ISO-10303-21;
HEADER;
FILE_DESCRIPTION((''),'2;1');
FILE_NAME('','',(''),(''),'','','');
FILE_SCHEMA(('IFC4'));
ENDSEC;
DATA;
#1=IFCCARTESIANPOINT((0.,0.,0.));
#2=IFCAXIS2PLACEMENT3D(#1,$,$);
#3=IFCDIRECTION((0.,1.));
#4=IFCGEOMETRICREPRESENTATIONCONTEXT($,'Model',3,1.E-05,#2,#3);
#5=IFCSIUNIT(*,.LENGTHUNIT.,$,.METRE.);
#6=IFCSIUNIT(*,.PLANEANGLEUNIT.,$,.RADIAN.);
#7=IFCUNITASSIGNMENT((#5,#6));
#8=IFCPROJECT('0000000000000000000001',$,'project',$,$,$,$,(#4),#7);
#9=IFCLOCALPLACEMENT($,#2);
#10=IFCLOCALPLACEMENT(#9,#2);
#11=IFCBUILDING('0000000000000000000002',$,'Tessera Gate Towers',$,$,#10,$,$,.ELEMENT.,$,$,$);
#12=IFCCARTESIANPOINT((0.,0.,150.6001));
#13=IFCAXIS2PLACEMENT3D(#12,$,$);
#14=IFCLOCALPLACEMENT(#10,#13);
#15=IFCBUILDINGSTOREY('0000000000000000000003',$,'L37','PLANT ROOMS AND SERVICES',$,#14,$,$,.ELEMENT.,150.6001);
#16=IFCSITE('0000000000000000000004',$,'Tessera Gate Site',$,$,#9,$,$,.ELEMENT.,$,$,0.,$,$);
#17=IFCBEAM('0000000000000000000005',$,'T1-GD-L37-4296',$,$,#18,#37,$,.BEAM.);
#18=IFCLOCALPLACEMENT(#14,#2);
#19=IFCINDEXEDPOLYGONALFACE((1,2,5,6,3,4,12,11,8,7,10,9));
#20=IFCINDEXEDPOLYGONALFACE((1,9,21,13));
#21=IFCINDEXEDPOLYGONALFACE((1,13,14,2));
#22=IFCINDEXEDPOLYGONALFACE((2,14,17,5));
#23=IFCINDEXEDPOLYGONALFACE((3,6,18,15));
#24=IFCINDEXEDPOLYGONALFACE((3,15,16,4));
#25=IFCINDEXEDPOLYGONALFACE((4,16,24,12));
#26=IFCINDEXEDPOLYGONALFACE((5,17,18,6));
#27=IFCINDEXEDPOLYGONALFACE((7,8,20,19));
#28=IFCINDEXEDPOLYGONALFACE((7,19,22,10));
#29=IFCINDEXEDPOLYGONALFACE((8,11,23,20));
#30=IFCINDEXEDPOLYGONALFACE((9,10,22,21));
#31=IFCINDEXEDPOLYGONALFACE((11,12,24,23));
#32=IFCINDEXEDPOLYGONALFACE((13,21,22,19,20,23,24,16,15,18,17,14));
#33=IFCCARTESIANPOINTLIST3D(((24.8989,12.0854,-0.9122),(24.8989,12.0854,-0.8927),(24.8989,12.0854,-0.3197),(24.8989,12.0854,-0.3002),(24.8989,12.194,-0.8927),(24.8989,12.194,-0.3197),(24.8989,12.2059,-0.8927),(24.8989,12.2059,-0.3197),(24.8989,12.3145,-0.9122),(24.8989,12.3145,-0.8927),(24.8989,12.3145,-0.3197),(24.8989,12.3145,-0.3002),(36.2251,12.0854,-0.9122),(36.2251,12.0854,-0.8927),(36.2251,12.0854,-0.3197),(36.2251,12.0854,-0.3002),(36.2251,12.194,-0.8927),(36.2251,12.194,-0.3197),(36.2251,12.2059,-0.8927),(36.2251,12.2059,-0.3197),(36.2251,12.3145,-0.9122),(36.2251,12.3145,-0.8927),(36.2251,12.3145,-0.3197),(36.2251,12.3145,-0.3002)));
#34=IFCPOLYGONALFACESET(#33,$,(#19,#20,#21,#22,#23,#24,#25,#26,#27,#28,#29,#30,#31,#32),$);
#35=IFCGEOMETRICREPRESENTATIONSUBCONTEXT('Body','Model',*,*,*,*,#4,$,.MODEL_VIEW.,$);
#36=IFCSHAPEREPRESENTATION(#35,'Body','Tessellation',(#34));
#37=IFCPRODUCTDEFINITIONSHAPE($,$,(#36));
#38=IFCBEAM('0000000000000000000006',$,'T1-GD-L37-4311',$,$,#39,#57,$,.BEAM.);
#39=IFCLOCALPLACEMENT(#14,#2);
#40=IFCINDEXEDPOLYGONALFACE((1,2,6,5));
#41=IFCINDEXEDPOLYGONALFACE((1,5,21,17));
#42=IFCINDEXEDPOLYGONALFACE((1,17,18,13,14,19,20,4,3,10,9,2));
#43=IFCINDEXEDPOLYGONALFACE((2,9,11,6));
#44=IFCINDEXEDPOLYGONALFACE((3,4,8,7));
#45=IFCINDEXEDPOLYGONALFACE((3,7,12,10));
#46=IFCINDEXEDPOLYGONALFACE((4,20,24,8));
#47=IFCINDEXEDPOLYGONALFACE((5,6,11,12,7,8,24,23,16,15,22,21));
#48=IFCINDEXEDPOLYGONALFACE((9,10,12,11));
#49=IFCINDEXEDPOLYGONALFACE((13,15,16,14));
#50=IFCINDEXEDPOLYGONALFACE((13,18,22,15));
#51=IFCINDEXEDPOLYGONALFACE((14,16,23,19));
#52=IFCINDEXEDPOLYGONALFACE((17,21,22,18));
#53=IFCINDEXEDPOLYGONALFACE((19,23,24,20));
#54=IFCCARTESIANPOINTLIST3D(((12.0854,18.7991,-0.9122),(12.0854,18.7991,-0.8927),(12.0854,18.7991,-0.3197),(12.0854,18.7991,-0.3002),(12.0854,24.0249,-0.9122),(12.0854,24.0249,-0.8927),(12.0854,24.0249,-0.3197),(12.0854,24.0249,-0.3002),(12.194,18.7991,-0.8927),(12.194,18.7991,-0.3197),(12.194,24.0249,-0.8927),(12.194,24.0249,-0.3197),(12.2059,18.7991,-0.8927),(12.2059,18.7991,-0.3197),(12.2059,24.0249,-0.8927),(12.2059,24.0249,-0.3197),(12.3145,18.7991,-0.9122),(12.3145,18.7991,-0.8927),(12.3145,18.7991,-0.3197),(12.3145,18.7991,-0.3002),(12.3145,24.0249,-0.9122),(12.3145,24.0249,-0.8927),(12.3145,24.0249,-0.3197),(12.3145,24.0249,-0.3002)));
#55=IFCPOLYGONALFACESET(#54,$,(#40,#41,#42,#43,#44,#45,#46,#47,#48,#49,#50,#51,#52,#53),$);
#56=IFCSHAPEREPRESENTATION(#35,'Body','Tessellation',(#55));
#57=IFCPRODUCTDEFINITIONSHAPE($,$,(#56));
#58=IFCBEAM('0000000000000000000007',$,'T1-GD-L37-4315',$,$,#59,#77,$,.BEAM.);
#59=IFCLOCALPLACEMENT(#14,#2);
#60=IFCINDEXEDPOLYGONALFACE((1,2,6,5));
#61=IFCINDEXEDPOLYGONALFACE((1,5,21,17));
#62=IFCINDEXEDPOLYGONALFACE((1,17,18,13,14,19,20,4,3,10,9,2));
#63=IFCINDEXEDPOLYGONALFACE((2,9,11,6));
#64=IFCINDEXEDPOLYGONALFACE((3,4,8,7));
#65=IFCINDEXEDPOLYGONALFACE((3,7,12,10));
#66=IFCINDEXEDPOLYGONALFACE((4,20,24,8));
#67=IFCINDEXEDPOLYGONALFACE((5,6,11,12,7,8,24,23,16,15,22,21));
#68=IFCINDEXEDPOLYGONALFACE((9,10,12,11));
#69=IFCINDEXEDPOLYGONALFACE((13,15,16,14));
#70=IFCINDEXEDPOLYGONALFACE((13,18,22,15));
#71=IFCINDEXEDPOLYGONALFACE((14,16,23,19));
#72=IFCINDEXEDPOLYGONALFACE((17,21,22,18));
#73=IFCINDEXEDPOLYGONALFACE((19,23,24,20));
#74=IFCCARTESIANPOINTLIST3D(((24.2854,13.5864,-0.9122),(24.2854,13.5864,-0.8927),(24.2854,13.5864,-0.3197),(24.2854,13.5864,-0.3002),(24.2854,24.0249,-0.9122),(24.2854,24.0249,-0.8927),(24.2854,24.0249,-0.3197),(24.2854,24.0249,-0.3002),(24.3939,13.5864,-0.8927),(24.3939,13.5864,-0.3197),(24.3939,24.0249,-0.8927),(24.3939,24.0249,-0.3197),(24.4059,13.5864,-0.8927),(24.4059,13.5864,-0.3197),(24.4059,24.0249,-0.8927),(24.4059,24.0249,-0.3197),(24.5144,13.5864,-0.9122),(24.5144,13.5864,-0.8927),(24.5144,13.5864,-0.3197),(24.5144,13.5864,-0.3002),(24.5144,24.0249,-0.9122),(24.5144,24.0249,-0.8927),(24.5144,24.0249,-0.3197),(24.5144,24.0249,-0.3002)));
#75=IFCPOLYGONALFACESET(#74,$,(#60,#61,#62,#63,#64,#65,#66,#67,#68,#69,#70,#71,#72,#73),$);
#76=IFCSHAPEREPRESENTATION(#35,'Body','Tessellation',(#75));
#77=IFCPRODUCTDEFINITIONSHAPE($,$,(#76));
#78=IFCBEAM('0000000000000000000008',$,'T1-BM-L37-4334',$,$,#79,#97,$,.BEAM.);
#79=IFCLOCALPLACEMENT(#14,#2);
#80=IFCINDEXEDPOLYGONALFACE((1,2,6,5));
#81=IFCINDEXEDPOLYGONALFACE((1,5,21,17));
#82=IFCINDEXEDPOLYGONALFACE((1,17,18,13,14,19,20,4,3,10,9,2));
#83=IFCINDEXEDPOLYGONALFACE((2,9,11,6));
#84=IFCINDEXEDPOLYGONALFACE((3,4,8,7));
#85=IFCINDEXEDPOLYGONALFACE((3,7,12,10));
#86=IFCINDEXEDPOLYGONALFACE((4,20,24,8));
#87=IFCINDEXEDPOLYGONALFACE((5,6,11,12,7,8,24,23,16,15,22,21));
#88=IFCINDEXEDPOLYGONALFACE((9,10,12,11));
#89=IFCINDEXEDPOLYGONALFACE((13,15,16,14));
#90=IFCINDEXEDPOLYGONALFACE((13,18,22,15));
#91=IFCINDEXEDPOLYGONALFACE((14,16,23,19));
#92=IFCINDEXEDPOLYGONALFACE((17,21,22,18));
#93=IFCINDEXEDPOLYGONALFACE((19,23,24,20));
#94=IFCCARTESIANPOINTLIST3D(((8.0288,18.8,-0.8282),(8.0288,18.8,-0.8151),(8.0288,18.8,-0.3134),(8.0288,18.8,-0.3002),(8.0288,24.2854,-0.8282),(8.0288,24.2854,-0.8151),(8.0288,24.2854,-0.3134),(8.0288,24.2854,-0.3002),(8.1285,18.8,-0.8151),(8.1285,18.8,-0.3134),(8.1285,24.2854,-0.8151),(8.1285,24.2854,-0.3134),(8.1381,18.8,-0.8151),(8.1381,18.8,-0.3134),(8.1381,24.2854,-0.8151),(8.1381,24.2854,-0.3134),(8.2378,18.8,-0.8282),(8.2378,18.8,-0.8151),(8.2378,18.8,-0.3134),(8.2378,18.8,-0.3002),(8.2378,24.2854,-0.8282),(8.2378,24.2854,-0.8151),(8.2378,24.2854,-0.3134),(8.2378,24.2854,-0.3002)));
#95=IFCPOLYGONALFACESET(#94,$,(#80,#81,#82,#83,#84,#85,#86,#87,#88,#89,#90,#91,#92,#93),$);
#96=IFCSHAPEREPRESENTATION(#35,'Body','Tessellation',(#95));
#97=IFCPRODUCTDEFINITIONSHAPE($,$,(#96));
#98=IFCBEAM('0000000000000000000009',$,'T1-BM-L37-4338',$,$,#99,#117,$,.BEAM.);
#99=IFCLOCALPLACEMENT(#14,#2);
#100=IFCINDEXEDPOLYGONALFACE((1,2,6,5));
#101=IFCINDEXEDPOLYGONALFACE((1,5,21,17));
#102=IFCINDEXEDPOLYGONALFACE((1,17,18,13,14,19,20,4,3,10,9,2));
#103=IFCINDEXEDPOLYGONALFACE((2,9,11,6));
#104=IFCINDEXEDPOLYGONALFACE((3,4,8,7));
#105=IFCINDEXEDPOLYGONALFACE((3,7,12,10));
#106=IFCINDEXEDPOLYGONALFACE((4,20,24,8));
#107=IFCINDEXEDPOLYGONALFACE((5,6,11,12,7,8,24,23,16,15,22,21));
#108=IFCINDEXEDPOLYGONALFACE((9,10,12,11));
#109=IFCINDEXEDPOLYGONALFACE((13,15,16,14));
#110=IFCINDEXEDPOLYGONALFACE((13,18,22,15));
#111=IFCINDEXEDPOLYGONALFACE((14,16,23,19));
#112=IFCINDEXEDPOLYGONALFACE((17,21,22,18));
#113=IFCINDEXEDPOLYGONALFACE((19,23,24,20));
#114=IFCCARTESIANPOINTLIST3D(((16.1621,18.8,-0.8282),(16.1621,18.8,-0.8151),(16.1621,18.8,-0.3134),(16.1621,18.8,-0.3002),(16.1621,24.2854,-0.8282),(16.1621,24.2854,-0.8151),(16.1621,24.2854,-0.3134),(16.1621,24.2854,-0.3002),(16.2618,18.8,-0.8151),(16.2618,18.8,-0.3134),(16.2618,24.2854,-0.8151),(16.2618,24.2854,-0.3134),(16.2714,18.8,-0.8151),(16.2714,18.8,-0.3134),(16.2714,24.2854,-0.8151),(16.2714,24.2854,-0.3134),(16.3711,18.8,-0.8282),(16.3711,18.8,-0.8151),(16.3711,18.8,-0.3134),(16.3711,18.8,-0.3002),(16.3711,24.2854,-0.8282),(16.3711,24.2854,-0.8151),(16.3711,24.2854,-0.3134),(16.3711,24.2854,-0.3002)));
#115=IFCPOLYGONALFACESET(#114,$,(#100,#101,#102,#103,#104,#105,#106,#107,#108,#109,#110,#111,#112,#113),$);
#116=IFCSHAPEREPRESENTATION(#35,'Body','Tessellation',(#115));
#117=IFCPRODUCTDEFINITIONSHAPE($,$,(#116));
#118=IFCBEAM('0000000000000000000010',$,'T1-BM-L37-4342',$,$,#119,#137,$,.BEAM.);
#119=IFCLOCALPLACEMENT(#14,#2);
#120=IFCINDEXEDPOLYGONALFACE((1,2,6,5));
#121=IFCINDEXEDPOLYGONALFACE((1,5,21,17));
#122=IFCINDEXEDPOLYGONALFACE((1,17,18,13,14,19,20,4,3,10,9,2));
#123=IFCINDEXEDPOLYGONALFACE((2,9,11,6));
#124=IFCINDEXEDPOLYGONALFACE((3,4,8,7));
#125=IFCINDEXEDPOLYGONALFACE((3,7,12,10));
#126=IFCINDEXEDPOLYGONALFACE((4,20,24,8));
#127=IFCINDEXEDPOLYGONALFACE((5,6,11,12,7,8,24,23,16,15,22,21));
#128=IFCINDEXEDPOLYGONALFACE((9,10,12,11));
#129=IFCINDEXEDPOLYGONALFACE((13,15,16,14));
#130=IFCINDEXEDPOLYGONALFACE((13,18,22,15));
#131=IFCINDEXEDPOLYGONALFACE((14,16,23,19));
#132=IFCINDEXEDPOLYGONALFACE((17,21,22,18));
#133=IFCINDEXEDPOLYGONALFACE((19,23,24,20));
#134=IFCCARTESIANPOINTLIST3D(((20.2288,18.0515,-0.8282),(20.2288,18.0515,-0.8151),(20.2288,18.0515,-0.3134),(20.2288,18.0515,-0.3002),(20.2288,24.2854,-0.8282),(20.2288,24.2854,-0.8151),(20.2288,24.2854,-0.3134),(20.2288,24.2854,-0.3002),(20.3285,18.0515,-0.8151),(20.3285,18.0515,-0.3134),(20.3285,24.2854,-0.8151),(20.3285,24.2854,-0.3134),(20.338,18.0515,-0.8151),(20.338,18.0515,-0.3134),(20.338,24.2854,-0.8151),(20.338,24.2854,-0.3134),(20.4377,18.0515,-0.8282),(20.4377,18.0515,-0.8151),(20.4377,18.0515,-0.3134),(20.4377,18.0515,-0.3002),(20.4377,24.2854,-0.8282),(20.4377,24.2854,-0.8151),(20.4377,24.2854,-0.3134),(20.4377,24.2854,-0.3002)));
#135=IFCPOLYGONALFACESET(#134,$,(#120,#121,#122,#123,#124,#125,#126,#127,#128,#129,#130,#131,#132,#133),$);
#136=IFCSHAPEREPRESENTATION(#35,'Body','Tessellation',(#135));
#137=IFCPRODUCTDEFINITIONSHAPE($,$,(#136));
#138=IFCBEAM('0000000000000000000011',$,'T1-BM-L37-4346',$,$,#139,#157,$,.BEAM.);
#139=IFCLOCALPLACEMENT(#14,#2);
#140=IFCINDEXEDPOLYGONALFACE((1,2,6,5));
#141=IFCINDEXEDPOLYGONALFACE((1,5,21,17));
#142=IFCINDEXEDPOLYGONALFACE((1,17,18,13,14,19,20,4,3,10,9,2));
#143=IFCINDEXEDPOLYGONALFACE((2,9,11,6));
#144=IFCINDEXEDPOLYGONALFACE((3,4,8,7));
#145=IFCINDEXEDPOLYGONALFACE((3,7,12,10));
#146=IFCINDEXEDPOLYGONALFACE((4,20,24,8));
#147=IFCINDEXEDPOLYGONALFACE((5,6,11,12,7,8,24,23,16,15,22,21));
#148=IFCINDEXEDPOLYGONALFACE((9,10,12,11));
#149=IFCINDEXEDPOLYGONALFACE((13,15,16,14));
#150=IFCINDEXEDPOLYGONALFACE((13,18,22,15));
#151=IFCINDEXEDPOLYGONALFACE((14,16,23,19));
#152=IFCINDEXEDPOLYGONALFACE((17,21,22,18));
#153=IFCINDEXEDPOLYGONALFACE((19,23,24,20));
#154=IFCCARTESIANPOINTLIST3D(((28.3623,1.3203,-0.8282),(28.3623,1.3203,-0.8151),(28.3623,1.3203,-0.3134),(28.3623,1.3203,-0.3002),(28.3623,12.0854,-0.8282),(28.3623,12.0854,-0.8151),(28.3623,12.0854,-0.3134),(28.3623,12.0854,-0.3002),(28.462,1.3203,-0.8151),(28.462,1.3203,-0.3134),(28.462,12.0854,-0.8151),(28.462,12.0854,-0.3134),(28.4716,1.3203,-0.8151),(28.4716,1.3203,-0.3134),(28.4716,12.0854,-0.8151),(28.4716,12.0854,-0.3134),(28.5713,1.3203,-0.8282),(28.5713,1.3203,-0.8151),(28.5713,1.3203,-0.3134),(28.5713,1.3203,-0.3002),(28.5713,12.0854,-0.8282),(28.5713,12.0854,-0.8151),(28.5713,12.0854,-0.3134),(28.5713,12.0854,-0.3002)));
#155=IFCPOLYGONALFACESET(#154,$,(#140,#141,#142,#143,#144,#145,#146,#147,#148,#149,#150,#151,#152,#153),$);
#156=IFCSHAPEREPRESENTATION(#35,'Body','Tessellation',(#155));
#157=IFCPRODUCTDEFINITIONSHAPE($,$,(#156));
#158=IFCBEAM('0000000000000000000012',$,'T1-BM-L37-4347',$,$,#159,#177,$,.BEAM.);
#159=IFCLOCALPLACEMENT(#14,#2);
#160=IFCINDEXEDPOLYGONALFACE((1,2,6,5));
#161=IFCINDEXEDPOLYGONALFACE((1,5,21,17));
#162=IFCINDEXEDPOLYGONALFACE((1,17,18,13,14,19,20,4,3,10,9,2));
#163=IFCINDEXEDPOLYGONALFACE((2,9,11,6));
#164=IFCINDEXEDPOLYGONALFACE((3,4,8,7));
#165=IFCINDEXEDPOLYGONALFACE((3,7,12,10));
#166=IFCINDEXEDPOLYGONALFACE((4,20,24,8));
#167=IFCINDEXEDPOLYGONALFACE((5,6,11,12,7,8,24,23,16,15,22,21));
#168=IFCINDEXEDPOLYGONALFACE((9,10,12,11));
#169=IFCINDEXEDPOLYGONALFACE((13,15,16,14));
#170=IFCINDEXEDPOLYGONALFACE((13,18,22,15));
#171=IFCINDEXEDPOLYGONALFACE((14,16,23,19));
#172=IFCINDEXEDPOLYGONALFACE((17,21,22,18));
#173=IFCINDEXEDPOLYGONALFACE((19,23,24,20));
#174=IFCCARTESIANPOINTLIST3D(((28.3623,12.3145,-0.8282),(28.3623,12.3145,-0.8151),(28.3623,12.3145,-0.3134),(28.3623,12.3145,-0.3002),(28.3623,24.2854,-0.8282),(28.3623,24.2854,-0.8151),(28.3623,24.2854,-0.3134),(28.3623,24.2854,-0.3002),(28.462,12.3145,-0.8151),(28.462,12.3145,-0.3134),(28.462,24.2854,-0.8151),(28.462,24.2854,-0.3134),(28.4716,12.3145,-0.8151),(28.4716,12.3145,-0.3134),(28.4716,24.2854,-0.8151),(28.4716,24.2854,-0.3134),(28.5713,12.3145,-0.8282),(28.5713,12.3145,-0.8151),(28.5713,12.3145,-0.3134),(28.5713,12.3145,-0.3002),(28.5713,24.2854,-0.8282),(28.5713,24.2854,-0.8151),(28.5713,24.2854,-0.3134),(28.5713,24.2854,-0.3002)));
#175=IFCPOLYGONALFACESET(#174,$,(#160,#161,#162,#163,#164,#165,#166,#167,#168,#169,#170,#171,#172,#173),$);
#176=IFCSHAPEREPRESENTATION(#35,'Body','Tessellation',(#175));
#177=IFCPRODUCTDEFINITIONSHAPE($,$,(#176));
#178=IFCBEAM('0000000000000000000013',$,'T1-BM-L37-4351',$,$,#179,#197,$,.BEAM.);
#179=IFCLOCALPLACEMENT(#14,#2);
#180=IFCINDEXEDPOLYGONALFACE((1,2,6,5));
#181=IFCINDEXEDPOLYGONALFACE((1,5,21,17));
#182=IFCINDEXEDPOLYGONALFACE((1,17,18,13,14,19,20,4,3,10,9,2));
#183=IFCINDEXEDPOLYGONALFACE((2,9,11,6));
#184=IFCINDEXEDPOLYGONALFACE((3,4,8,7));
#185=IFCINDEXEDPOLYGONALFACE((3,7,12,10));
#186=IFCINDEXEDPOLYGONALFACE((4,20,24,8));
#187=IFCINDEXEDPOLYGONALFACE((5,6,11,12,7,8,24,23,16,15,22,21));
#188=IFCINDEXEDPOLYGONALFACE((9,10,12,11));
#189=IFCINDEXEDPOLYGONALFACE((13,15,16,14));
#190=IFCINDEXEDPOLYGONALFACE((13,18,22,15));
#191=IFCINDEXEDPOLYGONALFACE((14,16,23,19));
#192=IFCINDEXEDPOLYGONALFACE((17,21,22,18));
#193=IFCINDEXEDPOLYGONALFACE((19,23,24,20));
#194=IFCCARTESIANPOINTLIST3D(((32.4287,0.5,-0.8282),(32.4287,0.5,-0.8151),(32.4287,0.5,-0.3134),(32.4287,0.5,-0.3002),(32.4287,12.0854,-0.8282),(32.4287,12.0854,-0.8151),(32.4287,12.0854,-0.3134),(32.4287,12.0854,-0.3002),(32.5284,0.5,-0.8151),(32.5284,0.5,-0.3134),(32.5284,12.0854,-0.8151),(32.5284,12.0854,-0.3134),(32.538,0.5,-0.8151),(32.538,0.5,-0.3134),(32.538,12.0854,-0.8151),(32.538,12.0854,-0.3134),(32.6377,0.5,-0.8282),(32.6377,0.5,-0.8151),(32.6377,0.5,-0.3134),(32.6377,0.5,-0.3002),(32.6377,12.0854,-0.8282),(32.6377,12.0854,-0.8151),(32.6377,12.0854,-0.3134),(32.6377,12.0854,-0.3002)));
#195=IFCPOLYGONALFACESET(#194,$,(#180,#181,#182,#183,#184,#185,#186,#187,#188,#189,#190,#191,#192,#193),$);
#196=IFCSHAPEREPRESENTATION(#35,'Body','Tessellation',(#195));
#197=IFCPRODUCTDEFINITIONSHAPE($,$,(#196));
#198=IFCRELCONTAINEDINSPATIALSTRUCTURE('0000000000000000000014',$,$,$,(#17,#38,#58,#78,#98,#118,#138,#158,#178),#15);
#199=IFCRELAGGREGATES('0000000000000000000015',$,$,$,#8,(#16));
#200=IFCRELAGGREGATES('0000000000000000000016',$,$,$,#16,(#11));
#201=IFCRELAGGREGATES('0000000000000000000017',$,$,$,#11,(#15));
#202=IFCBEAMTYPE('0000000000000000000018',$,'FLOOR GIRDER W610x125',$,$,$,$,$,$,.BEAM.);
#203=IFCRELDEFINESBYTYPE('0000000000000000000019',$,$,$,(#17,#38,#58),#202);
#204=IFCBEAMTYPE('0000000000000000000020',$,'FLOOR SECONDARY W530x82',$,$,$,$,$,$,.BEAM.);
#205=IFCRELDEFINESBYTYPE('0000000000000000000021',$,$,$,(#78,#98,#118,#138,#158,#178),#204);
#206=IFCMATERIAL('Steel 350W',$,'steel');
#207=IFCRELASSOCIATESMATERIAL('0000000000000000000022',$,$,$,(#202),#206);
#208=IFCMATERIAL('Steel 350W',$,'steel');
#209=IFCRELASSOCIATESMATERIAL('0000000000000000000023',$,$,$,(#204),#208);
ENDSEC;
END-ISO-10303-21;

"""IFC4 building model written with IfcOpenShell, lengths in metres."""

from ifc_helpers import new_model, si_unit, direction, frame, origin, origin_2d, place, context, subcontext, project, spatial, i_section, extrude, material, material_profile, profile_set, type_object, element, save


model = new_model("IFC4")

# Units and contexts
model_context = context("Model", 3, precision=1e-05, world=origin(), true_north=direction((0.0, 1.0)))
body_context = subcontext(model_context, "Body", "Model", "MODEL_VIEW")
ifc_project = project(units=[si_unit("LENGTHUNIT", "METRE"), si_unit("PLANEANGLEUNIT", "RADIAN")], contexts=[model_context])

# Site, building, storey
site_placement = place(None, origin())
site = spatial("IfcSite", under=ifc_project, at=site_placement, Name="Tessera Gate Site", CompositionType="ELEMENT", RefElevation=0.0)
building_placement = place(site_placement, origin())
building = spatial("IfcBuilding", under=site, at=building_placement, Name="Tessera Gate Towers", CompositionType="ELEMENT")
storey_placement = place(building_placement, frame((0.0, 0.0, 150.6001)))
storey = spatial("IfcBuildingStorey", under=building, at=storey_placement, Name="L37", Description="PLANT ROOMS AND SERVICES", CompositionType="ELEMENT", Elevation=150.6001)

# Beams
ifc_material_1 = material(Name="Steel 350W", Category="steel")
ifc_material_profile_1 = material_profile(ifc_material_1, i_section(OverallWidth=0.229, OverallDepth=0.6121, WebThickness=0.012, FlangeThickness=0.0195, at=origin_2d()), Name="W610x125")
ifc_profile_set_1 = profile_set([ifc_material_profile_1], Name="Steel 350W")
beam_type_1 = type_object("IfcBeamType", Name="FLOOR GIRDER W610x125", PredefinedType="BEAM", material=ifc_profile_set_1)
beam_1_placement = place(storey_placement, frame((24.8989, 12.2, -0.6062), z_axis=(1.0, 0.0, 0.0), x_axis=(0.0, 1.0, 0.0)))
element("IfcBeam", 1, at=beam_1_placement, inside=storey, type_object=beam_type_1, Name="T1-GD-L37-4296", PredefinedType="BEAM", context=body_context, shape_type="SweptSolid", body=[
    extrude(i_section(OverallWidth=0.229, OverallDepth=0.6121, WebThickness=0.012, FlangeThickness=0.0195, at=origin_2d()), origin(), (0.0, 0.0, 1.0), 11.3262),
])
beam_2_placement = place(storey_placement, frame((12.2, 18.7991, -0.6062), z_axis=(0.0, 1.0, 0.0), x_axis=(-1.0, 0.0, 0.0)))
element("IfcBeam", 2, at=beam_2_placement, inside=storey, type_object=beam_type_1, Name="T1-GD-L37-4311", PredefinedType="BEAM", context=body_context, shape_type="SweptSolid", body=[
    extrude(i_section(OverallWidth=0.229, OverallDepth=0.6121, WebThickness=0.012, FlangeThickness=0.0195, at=origin_2d()), origin(), (0.0, 0.0, 1.0), 5.2258),
])
beam_3_placement = place(storey_placement, frame((24.3999, 13.5864, -0.6062), z_axis=(0.0, 1.0, 0.0), x_axis=(-1.0, 0.0, 0.0)))
element("IfcBeam", 3, at=beam_3_placement, inside=storey, type_object=beam_type_1, Name="T1-GD-L37-4315", PredefinedType="BEAM", context=body_context, shape_type="SweptSolid", body=[
    extrude(i_section(OverallWidth=0.229, OverallDepth=0.6121, WebThickness=0.012, FlangeThickness=0.0195, at=origin_2d()), origin(), (0.0, 0.0, 1.0), 10.4385),
])
ifc_material_2 = material(Name="Steel 350W", Category="steel")
ifc_material_profile_2 = material_profile(ifc_material_2, i_section(OverallWidth=0.209, OverallDepth=0.5281, WebThickness=0.0095, FlangeThickness=0.0132, at=origin_2d()), Name="W530x82")
ifc_profile_set_2 = profile_set([ifc_material_profile_2], Name="Steel 350W")
beam_type_2 = type_object("IfcBeamType", Name="FLOOR SECONDARY W530x82", PredefinedType="BEAM", material=ifc_profile_set_2)
for number, where, z_axis, x_axis, name in (
    (4, (8.1333, 18.8, -0.5642), (0.0, 1.0, 0.0), (-1.0, 0.0, 0.0), "T1-BM-L37-4334"),
    (5, (16.2666, 18.8, -0.5642), (0.0, 1.0, 0.0), (-1.0, 0.0, 0.0), "T1-BM-L37-4338"),
):
    element("IfcBeam", number, at=place(storey_placement, frame(where, z_axis=z_axis, x_axis=x_axis)), inside=storey, type_object=beam_type_2, Name=name, PredefinedType="BEAM", context=body_context, shape_type="SweptSolid", body=[
        extrude(i_section(OverallWidth=0.209, OverallDepth=0.5281, WebThickness=0.0095, FlangeThickness=0.0132, at=origin_2d()), origin(), (0.0, 0.0, 1.0), 5.4854),
    ])
beam_4_placement = place(storey_placement, frame((20.3333, 18.0515, -0.5642), z_axis=(0.0, 1.0, 0.0), x_axis=(-1.0, 0.0, 0.0)))
element("IfcBeam", 6, at=beam_4_placement, inside=storey, type_object=beam_type_2, Name="T1-BM-L37-4342", PredefinedType="BEAM", context=body_context, shape_type="SweptSolid", body=[
    extrude(i_section(OverallWidth=0.209, OverallDepth=0.5281, WebThickness=0.0095, FlangeThickness=0.0132, at=origin_2d()), origin(), (0.0, 0.0, 1.0), 6.2339),
])
beam_5_placement = place(storey_placement, frame((28.4668, 1.3203, -0.5642), z_axis=(0.0, 1.0, 0.0), x_axis=(-1.0, 0.0, 0.0)))
element("IfcBeam", 7, at=beam_5_placement, inside=storey, type_object=beam_type_2, Name="T1-BM-L37-4346", PredefinedType="BEAM", context=body_context, shape_type="SweptSolid", body=[
    extrude(i_section(OverallWidth=0.209, OverallDepth=0.5281, WebThickness=0.0095, FlangeThickness=0.0132, at=origin_2d()), origin(), (0.0, 0.0, 1.0), 10.7651),
])
beam_6_placement = place(storey_placement, frame((28.4668, 12.3145, -0.5642), z_axis=(0.0, 1.0, 0.0), x_axis=(-1.0, 0.0, 0.0)))
element("IfcBeam", 8, at=beam_6_placement, inside=storey, type_object=beam_type_2, Name="T1-BM-L37-4347", PredefinedType="BEAM", context=body_context, shape_type="SweptSolid", body=[
    extrude(i_section(OverallWidth=0.209, OverallDepth=0.5281, WebThickness=0.0095, FlangeThickness=0.0132, at=origin_2d()), origin(), (0.0, 0.0, 1.0), 11.9709),
])
beam_7_placement = place(storey_placement, frame((32.5332, 0.5, -0.5642), z_axis=(0.0, 1.0, 0.0), x_axis=(-1.0, 0.0, 0.0)))
element("IfcBeam", 9, at=beam_7_placement, inside=storey, type_object=beam_type_2, Name="T1-BM-L37-4351", PredefinedType="BEAM", context=body_context, shape_type="SweptSolid", body=[
    extrude(i_section(OverallWidth=0.209, OverallDepth=0.5281, WebThickness=0.0095, FlangeThickness=0.0132, at=origin_2d()), origin(), (0.0, 0.0, 1.0), 11.5854),
])

save(model, "model.ifc")
